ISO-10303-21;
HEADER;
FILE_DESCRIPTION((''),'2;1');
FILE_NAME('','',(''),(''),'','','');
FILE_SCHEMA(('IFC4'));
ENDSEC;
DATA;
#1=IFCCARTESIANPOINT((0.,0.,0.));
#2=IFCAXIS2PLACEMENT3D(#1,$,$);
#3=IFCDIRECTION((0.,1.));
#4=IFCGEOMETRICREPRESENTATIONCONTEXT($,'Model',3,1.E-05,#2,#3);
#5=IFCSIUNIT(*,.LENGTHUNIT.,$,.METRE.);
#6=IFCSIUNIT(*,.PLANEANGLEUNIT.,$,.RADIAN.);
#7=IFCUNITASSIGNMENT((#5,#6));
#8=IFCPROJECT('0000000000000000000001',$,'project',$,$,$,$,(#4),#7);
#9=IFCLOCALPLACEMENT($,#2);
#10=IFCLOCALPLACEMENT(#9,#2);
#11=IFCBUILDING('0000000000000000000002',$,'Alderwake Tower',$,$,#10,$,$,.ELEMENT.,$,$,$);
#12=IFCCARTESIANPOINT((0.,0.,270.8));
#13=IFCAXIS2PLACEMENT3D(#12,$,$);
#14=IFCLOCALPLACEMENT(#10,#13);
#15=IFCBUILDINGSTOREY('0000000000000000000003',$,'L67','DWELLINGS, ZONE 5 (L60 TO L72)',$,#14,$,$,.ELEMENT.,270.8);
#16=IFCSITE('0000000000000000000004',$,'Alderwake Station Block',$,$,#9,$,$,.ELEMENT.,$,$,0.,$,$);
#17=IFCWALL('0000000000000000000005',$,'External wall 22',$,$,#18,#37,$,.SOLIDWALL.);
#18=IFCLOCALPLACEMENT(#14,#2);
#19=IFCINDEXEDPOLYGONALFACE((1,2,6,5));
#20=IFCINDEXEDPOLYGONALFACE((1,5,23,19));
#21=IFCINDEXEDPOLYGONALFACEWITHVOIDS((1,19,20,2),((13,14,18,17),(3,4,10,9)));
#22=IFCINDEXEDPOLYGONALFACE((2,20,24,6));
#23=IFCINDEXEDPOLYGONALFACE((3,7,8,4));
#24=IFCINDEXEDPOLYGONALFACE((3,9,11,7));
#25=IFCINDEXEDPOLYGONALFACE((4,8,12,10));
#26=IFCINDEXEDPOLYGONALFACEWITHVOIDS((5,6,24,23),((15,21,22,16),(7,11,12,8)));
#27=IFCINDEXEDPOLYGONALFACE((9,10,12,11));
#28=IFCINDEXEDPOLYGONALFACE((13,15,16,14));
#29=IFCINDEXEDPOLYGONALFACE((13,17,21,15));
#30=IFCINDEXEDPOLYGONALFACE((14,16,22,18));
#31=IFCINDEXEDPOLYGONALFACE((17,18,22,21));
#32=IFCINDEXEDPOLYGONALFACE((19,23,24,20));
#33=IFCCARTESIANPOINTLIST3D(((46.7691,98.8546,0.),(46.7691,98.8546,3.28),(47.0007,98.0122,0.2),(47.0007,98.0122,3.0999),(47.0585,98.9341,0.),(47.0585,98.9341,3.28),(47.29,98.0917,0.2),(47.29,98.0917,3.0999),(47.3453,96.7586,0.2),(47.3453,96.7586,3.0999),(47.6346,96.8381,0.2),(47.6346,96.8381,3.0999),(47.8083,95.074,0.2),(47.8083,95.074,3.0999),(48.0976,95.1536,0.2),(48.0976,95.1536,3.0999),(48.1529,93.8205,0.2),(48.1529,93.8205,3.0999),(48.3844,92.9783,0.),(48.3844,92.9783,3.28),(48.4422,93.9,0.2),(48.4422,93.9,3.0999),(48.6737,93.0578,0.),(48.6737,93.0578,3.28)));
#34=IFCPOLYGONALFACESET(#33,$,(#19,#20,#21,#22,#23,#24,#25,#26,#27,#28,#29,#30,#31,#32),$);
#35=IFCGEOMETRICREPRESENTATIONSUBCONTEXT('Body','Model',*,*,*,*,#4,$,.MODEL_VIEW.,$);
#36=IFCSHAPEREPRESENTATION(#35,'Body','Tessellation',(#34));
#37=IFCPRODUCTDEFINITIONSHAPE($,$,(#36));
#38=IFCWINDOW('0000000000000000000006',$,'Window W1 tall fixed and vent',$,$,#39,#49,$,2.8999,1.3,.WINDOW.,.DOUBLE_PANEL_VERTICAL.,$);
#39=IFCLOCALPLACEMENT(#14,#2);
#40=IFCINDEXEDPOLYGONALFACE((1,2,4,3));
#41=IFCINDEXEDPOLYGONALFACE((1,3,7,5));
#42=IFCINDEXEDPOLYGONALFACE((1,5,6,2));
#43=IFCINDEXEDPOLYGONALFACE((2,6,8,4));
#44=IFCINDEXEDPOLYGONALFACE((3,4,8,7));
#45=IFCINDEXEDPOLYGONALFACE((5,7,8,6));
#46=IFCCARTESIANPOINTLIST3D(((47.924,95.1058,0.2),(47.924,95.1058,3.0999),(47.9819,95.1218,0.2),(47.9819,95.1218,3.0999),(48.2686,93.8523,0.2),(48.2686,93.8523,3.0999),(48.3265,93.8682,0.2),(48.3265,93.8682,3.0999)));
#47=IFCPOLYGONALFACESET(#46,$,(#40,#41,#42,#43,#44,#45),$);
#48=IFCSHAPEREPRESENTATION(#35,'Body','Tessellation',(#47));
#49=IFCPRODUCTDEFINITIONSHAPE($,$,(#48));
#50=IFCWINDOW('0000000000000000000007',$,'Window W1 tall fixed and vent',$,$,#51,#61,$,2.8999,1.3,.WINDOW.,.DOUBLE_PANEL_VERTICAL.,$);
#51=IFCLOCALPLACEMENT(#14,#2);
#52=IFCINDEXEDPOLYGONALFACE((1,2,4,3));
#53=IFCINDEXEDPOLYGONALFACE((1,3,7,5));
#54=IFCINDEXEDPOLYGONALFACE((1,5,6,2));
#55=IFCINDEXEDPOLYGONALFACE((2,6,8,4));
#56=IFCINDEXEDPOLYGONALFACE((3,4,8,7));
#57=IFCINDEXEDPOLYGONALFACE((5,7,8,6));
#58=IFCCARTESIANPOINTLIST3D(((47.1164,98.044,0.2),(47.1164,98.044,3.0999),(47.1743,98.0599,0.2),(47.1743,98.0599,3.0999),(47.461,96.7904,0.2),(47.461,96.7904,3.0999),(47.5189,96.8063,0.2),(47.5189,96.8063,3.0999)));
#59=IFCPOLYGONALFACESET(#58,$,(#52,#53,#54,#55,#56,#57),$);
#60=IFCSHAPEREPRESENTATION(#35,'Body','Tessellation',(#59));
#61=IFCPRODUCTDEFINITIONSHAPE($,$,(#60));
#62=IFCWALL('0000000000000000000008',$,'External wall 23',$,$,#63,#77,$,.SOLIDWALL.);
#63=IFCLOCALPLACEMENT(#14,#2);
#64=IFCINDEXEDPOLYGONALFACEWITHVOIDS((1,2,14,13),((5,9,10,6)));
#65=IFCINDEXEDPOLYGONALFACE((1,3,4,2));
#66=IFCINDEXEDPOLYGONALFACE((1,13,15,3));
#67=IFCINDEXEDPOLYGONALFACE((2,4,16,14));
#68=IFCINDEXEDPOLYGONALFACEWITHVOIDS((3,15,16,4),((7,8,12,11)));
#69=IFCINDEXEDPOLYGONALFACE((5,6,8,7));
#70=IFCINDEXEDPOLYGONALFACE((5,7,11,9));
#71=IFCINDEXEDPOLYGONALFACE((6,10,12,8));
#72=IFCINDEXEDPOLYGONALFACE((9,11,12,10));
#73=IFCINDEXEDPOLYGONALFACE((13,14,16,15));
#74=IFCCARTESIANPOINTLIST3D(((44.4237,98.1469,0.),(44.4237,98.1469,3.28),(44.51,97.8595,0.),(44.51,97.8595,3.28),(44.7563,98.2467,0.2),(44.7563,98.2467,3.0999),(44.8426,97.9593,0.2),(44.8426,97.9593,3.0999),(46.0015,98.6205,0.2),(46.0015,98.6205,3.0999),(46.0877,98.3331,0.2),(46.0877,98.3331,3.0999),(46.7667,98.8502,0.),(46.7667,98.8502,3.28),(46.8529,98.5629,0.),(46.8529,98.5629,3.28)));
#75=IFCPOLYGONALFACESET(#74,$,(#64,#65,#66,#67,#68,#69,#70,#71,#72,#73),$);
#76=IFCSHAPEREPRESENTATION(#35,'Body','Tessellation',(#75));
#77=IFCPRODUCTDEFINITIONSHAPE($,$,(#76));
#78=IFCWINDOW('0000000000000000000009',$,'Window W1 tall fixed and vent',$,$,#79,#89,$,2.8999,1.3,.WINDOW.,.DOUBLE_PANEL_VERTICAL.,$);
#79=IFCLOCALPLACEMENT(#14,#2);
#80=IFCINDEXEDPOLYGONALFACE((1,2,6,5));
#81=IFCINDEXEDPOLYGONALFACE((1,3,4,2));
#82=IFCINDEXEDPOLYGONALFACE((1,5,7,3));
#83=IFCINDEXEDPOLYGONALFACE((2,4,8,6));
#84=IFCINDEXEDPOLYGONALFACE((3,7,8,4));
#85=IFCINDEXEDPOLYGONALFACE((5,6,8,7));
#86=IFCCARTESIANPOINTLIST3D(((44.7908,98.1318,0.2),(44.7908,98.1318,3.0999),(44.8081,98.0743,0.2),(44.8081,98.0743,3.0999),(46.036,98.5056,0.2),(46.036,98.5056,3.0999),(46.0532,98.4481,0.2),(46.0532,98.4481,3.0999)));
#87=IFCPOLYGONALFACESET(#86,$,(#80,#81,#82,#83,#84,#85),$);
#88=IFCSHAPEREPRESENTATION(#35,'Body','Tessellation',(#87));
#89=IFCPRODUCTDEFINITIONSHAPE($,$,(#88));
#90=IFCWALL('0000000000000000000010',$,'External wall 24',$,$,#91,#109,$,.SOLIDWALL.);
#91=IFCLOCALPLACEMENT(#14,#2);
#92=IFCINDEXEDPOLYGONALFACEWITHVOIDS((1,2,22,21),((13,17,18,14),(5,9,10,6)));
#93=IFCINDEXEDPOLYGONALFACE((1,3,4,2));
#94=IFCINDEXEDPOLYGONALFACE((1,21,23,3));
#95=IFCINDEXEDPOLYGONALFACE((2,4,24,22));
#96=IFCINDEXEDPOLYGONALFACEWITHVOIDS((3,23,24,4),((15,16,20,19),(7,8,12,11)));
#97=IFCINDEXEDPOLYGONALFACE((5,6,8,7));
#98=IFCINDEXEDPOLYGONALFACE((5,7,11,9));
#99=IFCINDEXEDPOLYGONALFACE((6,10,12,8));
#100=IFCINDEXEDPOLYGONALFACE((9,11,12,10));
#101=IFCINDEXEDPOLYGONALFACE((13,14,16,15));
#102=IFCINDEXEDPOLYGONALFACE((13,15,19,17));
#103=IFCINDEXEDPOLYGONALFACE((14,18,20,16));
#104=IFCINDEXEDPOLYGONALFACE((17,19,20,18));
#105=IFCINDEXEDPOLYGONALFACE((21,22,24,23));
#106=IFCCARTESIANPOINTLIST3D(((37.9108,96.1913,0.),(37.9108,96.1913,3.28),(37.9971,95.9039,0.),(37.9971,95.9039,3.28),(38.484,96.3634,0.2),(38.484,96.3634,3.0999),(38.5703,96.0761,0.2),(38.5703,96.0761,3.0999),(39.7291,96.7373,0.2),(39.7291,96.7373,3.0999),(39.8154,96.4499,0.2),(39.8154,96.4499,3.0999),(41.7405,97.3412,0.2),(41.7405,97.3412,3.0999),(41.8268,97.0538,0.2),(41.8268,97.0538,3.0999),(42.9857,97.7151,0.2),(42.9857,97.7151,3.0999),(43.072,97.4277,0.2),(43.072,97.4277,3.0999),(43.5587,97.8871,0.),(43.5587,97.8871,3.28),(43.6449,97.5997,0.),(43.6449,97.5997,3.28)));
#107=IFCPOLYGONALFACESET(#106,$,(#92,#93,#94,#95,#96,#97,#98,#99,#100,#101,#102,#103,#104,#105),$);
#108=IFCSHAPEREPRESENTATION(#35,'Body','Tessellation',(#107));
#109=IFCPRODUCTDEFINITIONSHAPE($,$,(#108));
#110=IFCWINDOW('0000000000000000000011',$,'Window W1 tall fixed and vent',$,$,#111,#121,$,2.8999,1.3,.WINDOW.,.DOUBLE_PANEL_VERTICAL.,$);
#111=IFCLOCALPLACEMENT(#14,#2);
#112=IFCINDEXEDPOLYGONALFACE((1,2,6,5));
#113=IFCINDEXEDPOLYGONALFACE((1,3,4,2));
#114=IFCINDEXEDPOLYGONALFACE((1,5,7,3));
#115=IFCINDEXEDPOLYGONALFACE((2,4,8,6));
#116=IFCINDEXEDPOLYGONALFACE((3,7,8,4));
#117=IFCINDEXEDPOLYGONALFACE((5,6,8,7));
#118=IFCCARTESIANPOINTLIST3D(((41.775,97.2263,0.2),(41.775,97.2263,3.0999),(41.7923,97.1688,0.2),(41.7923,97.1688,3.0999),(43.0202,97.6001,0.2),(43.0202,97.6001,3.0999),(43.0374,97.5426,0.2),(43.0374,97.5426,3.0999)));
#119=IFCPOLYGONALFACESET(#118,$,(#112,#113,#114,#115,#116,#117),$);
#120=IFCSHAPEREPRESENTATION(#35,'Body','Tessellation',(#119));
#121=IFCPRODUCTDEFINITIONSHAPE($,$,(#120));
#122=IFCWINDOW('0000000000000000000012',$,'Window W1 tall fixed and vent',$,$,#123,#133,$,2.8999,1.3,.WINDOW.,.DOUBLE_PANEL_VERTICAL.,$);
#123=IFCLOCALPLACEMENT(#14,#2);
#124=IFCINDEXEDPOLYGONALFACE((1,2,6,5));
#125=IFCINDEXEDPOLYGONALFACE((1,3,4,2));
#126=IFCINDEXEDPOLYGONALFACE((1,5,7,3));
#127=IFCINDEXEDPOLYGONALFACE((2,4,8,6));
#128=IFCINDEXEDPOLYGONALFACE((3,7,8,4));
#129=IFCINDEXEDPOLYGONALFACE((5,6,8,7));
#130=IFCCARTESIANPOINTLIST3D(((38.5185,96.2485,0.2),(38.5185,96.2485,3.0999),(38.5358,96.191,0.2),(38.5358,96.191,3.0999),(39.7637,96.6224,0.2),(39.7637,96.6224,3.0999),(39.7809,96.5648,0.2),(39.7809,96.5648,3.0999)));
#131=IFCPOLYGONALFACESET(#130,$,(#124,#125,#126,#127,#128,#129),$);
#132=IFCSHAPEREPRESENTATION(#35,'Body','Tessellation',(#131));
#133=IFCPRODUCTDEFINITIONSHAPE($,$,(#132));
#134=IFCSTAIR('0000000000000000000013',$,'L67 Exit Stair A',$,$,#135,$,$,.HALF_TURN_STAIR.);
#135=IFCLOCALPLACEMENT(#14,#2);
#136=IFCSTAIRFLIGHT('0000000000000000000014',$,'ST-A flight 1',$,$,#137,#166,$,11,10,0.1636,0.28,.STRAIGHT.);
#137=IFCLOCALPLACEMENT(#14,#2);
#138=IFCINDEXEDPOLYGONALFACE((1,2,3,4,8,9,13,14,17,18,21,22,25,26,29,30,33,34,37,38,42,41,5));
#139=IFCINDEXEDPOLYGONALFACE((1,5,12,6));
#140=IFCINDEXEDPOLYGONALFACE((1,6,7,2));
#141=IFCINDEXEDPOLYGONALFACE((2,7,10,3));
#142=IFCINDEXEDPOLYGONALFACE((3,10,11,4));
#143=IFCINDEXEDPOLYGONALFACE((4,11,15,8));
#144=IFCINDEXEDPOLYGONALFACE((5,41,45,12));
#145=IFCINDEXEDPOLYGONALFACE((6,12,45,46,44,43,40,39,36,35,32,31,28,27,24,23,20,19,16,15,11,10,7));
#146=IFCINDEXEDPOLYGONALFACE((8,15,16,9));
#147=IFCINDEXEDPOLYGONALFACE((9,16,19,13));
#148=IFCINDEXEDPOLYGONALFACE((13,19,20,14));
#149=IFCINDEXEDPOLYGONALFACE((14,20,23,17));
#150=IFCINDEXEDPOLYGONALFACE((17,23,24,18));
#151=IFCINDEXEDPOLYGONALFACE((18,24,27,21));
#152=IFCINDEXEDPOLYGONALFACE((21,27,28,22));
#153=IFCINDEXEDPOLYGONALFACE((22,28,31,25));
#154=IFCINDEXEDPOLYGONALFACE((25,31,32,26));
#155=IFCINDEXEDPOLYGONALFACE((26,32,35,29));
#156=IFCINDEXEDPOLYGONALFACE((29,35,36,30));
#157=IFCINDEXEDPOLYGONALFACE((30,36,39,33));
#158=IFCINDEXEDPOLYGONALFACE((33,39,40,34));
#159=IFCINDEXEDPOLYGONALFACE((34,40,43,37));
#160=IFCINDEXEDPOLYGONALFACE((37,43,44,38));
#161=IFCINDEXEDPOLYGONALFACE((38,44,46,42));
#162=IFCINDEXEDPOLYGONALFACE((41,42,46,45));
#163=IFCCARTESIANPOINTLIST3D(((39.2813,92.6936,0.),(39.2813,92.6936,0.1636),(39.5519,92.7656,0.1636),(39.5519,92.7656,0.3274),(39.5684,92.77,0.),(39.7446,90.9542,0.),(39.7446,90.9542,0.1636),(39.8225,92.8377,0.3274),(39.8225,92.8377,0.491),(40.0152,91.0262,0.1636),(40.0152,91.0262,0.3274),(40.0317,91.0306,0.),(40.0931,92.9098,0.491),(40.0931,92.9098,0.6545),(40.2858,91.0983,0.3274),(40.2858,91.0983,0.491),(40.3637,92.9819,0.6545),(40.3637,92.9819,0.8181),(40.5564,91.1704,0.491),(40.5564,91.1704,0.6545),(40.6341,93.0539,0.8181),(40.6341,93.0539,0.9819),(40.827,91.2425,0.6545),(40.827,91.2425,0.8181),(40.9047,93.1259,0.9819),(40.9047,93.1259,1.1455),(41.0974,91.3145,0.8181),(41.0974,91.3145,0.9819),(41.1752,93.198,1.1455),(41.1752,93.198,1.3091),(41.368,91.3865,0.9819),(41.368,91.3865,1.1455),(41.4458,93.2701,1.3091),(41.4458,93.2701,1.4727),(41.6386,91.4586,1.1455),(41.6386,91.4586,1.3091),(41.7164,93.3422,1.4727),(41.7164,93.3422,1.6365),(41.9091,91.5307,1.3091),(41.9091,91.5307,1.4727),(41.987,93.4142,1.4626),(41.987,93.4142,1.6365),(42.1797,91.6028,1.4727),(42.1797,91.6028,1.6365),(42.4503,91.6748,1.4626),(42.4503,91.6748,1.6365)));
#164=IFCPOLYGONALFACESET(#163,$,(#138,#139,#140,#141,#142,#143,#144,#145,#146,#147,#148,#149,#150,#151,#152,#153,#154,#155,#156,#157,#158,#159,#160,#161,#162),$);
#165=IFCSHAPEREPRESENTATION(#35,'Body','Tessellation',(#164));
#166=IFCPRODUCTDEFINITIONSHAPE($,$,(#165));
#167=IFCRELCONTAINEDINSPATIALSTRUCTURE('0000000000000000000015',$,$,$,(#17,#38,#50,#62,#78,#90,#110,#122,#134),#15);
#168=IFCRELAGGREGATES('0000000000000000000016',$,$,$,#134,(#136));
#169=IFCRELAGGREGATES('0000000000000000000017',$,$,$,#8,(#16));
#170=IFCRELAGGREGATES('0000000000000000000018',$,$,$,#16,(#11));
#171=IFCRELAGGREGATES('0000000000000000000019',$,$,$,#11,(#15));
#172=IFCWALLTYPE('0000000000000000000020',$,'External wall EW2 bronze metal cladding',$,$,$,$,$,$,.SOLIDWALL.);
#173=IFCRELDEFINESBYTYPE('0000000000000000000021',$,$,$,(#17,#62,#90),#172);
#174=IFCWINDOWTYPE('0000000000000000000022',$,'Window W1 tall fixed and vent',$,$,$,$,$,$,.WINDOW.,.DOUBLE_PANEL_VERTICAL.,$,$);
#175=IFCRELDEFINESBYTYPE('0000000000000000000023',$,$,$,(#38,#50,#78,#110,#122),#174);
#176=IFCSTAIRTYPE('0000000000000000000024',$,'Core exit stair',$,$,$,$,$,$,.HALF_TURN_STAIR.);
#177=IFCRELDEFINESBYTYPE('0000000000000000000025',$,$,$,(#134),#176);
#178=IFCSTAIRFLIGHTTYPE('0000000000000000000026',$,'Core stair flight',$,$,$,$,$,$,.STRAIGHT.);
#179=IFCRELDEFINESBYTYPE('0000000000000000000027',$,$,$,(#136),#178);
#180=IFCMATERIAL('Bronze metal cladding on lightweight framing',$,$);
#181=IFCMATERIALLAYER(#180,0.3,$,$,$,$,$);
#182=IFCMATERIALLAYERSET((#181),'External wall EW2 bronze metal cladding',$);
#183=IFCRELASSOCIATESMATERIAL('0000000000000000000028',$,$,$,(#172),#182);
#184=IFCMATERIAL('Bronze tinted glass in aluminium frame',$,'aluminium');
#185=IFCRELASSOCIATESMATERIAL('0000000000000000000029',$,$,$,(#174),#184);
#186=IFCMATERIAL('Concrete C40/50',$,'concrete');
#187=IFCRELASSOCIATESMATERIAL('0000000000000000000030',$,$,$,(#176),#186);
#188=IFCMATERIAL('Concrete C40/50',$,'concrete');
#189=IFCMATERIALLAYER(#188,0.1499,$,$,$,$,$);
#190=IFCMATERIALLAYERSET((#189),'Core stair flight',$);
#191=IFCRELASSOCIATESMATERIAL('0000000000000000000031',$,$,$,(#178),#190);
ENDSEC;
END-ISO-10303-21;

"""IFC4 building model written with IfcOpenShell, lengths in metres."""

from ifc_helpers import new_model, si_unit, direction, frame, frame_2d, origin, place, context, subcontext, project, spatial, polyline, rectangle, outline, extrude, material, layer, layer_set, type_object, element, fill, aggregate, save


model = new_model("IFC4")

# Units and contexts
model_context = context("Model", 3, precision=1e-05, world=origin(), true_north=direction((0.0, 1.0)))
body_context = subcontext(model_context, "Body", "Model", "MODEL_VIEW")
ifc_project = project(units=[si_unit("LENGTHUNIT", "METRE"), si_unit("PLANEANGLEUNIT", "RADIAN")], contexts=[model_context])

# Site, building, storey
site_placement = place(None, origin())
site = spatial("IfcSite", under=ifc_project, at=site_placement, Name="Alderwake Station Block", CompositionType="ELEMENT", RefElevation=0.0)
building_placement = place(site_placement, origin())
building = spatial("IfcBuilding", under=site, at=building_placement, Name="Alderwake Tower", CompositionType="ELEMENT")
storey_placement = place(building_placement, frame((0.0, 0.0, 270.8)))
storey = spatial("IfcBuildingStorey", under=building, at=storey_placement, Name="L67", Description="DWELLINGS, ZONE 5 (L60 TO L72)", CompositionType="ELEMENT", Elevation=270.8)

# Shared definitions
ifc_material_1 = material(Name="Bronze metal cladding on lightweight framing")
ifc_layer_1 = layer(ifc_material_1, 0.3)
ifc_layer_set_1 = layer_set([ifc_layer_1], Name="External wall EW2 bronze metal cladding")
wall_type_1 = type_object("IfcWallType", Name="External wall EW2 bronze metal cladding", PredefinedType="SOLIDWALL", material=ifc_layer_set_1)
ifc_material_2 = material(Name="Bronze tinted glass in aluminium frame", Category="aluminium")
window_type = type_object("IfcWindowType", Name="Window W1 tall fixed and vent", PartitioningType="DOUBLE_PANEL_VERTICAL", PredefinedType="WINDOW", material=ifc_material_2)

# Wall, openings, windows
wall_1_placement = place(storey_placement, frame((48.5291, 93.0181, 0.0), z_axis=(0.0, 0.0, 1.0), x_axis=(-0.265046, 0.964236, 0.0)))
wall_1 = element("IfcWall", 1, at=wall_1_placement, inside=storey, type_object=wall_type_1, Name="External wall 22", PredefinedType="SOLIDWALL", context=body_context, shape_type="SweptSolid", body=[
    extrude(rectangle(XDim=6.0942, YDim=0.3, at=frame_2d((3.0471, 0.0))), origin(), (0.0, 0.0, 1.0), 3.28),
])
opening_1_placement = place(wall_1_placement, frame((0.8735, 0.0, 0.2)))
opening_1 = element("IfcOpeningElement", 2, at=opening_1_placement, cuts=wall_1, PredefinedType="OPENING", context=body_context, shape_type="SweptSolid", body=[
    extrude(rectangle(XDim=1.3, YDim=2.8999, at=frame_2d((0.6499, 1.45))), frame((0.0, 0.1599, 0.0), z_axis=(0.0, -1.0, 0.0), x_axis=(1.0, 0.0, 0.0)), (0.0, 0.0, 1.0), 0.3201),
])
opening_2_placement = place(wall_1_placement, frame((3.9207, 0.0, 0.2)))
opening_2 = element("IfcOpeningElement", 3, at=opening_2_placement, cuts=wall_1, PredefinedType="OPENING", context=body_context, shape_type="SweptSolid", body=[
    extrude(rectangle(XDim=1.3, YDim=2.8999, at=frame_2d((0.6499, 1.45))), frame((0.0, 0.1599, 0.0), z_axis=(0.0, -1.0, 0.0), x_axis=(1.0, 0.0, 0.0)), (0.0, 0.0, 1.0), 0.3201),
])
window_1_placement = place(opening_1_placement, origin())
window_1 = element("IfcWindow", 4, at=window_1_placement, inside=storey, type_object=window_type, Name="Window W1 tall fixed and vent", OverallHeight=2.8999, OverallWidth=1.3, PartitioningType="DOUBLE_PANEL_VERTICAL", PredefinedType="WINDOW", context=body_context, shape_type="SweptSolid", body=[
    extrude(rectangle(XDim=1.3, YDim=2.8999, at=frame_2d((0.6499, 1.45))), frame((0.0, 0.03, 0.0), z_axis=(0.0, -1.0, 0.0), x_axis=(1.0, 0.0, 0.0)), (0.0, 0.0, 1.0), 0.0601),
])
fill(opening_1, window_1)
window_2_placement = place(opening_2_placement, origin())
window_2 = element("IfcWindow", 5, at=window_2_placement, inside=storey, type_object=window_type, Name="Window W1 tall fixed and vent", OverallHeight=2.8999, OverallWidth=1.3, PartitioningType="DOUBLE_PANEL_VERTICAL", PredefinedType="WINDOW", context=body_context, shape_type="SweptSolid", body=[
    extrude(rectangle(XDim=1.3, YDim=2.8999, at=frame_2d((0.6499, 1.45))), frame((0.0, 0.03, 0.0), z_axis=(0.0, -1.0, 0.0), x_axis=(1.0, 0.0, 0.0)), (0.0, 0.0, 1.0), 0.0601),
])
fill(opening_2, window_2)

# Wall, opening, window
wall_2_placement = place(storey_placement, frame((46.8098, 98.7065, 0.0), z_axis=(0.0, 0.0, 1.0), x_axis=(-0.957774, -0.287522, 0.0)))
wall_2 = element("IfcWall", 6, at=wall_2_placement, inside=storey, type_object=wall_type_1, Name="External wall 23", PredefinedType="SOLIDWALL", context=body_context, shape_type="SweptSolid", body=[
    extrude(rectangle(XDim=2.4463, YDim=0.3, at=frame_2d((1.2231, 0.0))), origin(), (0.0, 0.0, 1.0), 3.28),
])
opening_3_placement = place(wall_2_placement, frame((0.7991, 0.0, 0.2)))
opening_3 = element("IfcOpeningElement", 7, at=opening_3_placement, cuts=wall_2, PredefinedType="OPENING", context=body_context, shape_type="SweptSolid", body=[
    extrude(rectangle(XDim=1.3, YDim=2.8999, at=frame_2d((0.6499, 1.45))), frame((0.0, 0.1599, 0.0), z_axis=(0.0, -1.0, 0.0), x_axis=(1.0, 0.0, 0.0)), (0.0, 0.0, 1.0), 0.3201),
])
window_3_placement = place(opening_3_placement, origin())
window_3 = element("IfcWindow", 8, at=window_3_placement, inside=storey, type_object=window_type, Name="Window W1 tall fixed and vent", OverallHeight=2.8999, OverallWidth=1.3, PartitioningType="DOUBLE_PANEL_VERTICAL", PredefinedType="WINDOW", context=body_context, shape_type="SweptSolid", body=[
    extrude(rectangle(XDim=1.3, YDim=2.8999, at=frame_2d((0.6499, 1.45))), frame((0.0, 0.03, 0.0), z_axis=(0.0, -1.0, 0.0), x_axis=(1.0, 0.0, 0.0)), (0.0, 0.0, 1.0), 0.0601),
])
fill(opening_3, window_3)

# Wall, openings, windows
wall_3_placement = place(storey_placement, frame((43.6018, 97.7434, 0.0), z_axis=(0.0, 0.0, 1.0), x_axis=(-0.95776, -0.287568, 0.0)))
wall_3 = element("IfcWall", 9, at=wall_3_placement, inside=storey, type_object=wall_type_1, Name="External wall 24", PredefinedType="SOLIDWALL", context=body_context, shape_type="SweptSolid", body=[
    extrude(rectangle(XDim=5.897, YDim=0.3, at=frame_2d((2.9485, 0.0))), origin(), (0.0, 0.0, 1.0), 3.28),
])
opening_4_placement = place(wall_3_placement, frame((0.5984, 0.0, 0.2)))
opening_4 = element("IfcOpeningElement", 10, at=opening_4_placement, cuts=wall_3, PredefinedType="OPENING", context=body_context, shape_type="SweptSolid", body=[
    extrude(rectangle(XDim=1.3, YDim=2.8999, at=frame_2d((0.6499, 1.45))), frame((0.0, 0.1599, 0.0), z_axis=(0.0, -1.0, 0.0), x_axis=(1.0, 0.0, 0.0)), (0.0, 0.0, 1.0), 0.3201),
])
opening_5_placement = place(wall_3_placement, frame((3.9985, 0.0, 0.2)))
opening_5 = element("IfcOpeningElement", 11, at=opening_5_placement, cuts=wall_3, PredefinedType="OPENING", context=body_context, shape_type="SweptSolid", body=[
    extrude(rectangle(XDim=1.3, YDim=2.8999, at=frame_2d((0.6499, 1.45))), frame((0.0, 0.1599, 0.0), z_axis=(0.0, -1.0, 0.0), x_axis=(1.0, 0.0, 0.0)), (0.0, 0.0, 1.0), 0.3201),
])
window_4_placement = place(opening_4_placement, origin())
window_4 = element("IfcWindow", 12, at=window_4_placement, inside=storey, type_object=window_type, Name="Window W1 tall fixed and vent", OverallHeight=2.8999, OverallWidth=1.3, PartitioningType="DOUBLE_PANEL_VERTICAL", PredefinedType="WINDOW", context=body_context, shape_type="SweptSolid", body=[
    extrude(rectangle(XDim=1.3, YDim=2.8999, at=frame_2d((0.6499, 1.45))), frame((0.0, 0.03, 0.0), z_axis=(0.0, -1.0, 0.0), x_axis=(1.0, 0.0, 0.0)), (0.0, 0.0, 1.0), 0.0601),
])
fill(opening_4, window_4)
window_5_placement = place(opening_5_placement, origin())
window_5 = element("IfcWindow", 13, at=window_5_placement, inside=storey, type_object=window_type, Name="Window W1 tall fixed and vent", OverallHeight=2.8999, OverallWidth=1.3, PartitioningType="DOUBLE_PANEL_VERTICAL", PredefinedType="WINDOW", context=body_context, shape_type="SweptSolid", body=[
    extrude(rectangle(XDim=1.3, YDim=2.8999, at=frame_2d((0.6499, 1.45))), frame((0.0, 0.03, 0.0), z_axis=(0.0, -1.0, 0.0), x_axis=(1.0, 0.0, 0.0)), (0.0, 0.0, 1.0), 0.0601),
])
fill(opening_5, window_5)

# Stair, stair flight
ifc_material_3 = material(Name="Concrete C40/50", Category="concrete")
stair_type = type_object("IfcStairType", Name="Core exit stair", PredefinedType="HALF_TURN_STAIR", material=ifc_material_3)
stair_placement = place(storey_placement, origin())
stair = element("IfcStair", 14, at=stair_placement, inside=storey, type_object=stair_type, Name="L67 Exit Stair A", PredefinedType="HALF_TURN_STAIR")
ifc_material_4 = material(Name="Concrete C40/50", Category="concrete")
ifc_layer_2 = layer(ifc_material_4, 0.1499)
ifc_layer_set_2 = layer_set([ifc_layer_2], Name="Core stair flight")
stair_flight_type = type_object("IfcStairFlightType", Name="Core stair flight", PredefinedType="STRAIGHT", material=ifc_layer_set_2)
stair_flight_1_placement = place(storey_placement, frame((39.5129, 91.824, 0.0), z_axis=(0.0, 0.0, 1.0), x_axis=(0.96631, 0.257382, 0.0)))
stair_flight_1 = element("IfcStairFlight", 15, at=stair_flight_1_placement, type_object=stair_flight_type, Name="ST-A flight 1", NumberOfRisers=11, NumberOfTreads=10, PredefinedType="STRAIGHT", RiserHeight=0.1636, TreadLength=0.28, context=body_context, shape_type="SweptSolid", body=[
    extrude(outline(polyline([(0.0, 0.0), (0.0, 0.1636), (0.28, 0.1636), (0.28, 0.3274), (0.5601, 0.3274), (0.5601, 0.491), (0.8401, 0.491), (0.8401, 0.6545), (1.1201, 0.6545), (1.1201, 0.8181), (1.3999, 0.8181), (1.3999, 0.9819), (1.6799, 0.9819), (1.6799, 1.1455), (1.96, 1.1455), (1.96, 1.3091), (2.24, 1.3091), (2.24, 1.4727), (2.52, 1.4727), (2.52, 1.6365), (2.8, 1.6365), (2.8, 1.8), (2.8, 1.4626), (0.2971, 0.0), (0.0, 0.0)])), frame((0.0, 0.8999, 0.0), z_axis=(0.0, -1.0, 0.0), x_axis=(1.0, 0.0, 0.0)), (0.0, 0.0, 1.0), 1.8),
])
aggregate(stair, [stair_flight_1])

save(model, "model.ifc")
